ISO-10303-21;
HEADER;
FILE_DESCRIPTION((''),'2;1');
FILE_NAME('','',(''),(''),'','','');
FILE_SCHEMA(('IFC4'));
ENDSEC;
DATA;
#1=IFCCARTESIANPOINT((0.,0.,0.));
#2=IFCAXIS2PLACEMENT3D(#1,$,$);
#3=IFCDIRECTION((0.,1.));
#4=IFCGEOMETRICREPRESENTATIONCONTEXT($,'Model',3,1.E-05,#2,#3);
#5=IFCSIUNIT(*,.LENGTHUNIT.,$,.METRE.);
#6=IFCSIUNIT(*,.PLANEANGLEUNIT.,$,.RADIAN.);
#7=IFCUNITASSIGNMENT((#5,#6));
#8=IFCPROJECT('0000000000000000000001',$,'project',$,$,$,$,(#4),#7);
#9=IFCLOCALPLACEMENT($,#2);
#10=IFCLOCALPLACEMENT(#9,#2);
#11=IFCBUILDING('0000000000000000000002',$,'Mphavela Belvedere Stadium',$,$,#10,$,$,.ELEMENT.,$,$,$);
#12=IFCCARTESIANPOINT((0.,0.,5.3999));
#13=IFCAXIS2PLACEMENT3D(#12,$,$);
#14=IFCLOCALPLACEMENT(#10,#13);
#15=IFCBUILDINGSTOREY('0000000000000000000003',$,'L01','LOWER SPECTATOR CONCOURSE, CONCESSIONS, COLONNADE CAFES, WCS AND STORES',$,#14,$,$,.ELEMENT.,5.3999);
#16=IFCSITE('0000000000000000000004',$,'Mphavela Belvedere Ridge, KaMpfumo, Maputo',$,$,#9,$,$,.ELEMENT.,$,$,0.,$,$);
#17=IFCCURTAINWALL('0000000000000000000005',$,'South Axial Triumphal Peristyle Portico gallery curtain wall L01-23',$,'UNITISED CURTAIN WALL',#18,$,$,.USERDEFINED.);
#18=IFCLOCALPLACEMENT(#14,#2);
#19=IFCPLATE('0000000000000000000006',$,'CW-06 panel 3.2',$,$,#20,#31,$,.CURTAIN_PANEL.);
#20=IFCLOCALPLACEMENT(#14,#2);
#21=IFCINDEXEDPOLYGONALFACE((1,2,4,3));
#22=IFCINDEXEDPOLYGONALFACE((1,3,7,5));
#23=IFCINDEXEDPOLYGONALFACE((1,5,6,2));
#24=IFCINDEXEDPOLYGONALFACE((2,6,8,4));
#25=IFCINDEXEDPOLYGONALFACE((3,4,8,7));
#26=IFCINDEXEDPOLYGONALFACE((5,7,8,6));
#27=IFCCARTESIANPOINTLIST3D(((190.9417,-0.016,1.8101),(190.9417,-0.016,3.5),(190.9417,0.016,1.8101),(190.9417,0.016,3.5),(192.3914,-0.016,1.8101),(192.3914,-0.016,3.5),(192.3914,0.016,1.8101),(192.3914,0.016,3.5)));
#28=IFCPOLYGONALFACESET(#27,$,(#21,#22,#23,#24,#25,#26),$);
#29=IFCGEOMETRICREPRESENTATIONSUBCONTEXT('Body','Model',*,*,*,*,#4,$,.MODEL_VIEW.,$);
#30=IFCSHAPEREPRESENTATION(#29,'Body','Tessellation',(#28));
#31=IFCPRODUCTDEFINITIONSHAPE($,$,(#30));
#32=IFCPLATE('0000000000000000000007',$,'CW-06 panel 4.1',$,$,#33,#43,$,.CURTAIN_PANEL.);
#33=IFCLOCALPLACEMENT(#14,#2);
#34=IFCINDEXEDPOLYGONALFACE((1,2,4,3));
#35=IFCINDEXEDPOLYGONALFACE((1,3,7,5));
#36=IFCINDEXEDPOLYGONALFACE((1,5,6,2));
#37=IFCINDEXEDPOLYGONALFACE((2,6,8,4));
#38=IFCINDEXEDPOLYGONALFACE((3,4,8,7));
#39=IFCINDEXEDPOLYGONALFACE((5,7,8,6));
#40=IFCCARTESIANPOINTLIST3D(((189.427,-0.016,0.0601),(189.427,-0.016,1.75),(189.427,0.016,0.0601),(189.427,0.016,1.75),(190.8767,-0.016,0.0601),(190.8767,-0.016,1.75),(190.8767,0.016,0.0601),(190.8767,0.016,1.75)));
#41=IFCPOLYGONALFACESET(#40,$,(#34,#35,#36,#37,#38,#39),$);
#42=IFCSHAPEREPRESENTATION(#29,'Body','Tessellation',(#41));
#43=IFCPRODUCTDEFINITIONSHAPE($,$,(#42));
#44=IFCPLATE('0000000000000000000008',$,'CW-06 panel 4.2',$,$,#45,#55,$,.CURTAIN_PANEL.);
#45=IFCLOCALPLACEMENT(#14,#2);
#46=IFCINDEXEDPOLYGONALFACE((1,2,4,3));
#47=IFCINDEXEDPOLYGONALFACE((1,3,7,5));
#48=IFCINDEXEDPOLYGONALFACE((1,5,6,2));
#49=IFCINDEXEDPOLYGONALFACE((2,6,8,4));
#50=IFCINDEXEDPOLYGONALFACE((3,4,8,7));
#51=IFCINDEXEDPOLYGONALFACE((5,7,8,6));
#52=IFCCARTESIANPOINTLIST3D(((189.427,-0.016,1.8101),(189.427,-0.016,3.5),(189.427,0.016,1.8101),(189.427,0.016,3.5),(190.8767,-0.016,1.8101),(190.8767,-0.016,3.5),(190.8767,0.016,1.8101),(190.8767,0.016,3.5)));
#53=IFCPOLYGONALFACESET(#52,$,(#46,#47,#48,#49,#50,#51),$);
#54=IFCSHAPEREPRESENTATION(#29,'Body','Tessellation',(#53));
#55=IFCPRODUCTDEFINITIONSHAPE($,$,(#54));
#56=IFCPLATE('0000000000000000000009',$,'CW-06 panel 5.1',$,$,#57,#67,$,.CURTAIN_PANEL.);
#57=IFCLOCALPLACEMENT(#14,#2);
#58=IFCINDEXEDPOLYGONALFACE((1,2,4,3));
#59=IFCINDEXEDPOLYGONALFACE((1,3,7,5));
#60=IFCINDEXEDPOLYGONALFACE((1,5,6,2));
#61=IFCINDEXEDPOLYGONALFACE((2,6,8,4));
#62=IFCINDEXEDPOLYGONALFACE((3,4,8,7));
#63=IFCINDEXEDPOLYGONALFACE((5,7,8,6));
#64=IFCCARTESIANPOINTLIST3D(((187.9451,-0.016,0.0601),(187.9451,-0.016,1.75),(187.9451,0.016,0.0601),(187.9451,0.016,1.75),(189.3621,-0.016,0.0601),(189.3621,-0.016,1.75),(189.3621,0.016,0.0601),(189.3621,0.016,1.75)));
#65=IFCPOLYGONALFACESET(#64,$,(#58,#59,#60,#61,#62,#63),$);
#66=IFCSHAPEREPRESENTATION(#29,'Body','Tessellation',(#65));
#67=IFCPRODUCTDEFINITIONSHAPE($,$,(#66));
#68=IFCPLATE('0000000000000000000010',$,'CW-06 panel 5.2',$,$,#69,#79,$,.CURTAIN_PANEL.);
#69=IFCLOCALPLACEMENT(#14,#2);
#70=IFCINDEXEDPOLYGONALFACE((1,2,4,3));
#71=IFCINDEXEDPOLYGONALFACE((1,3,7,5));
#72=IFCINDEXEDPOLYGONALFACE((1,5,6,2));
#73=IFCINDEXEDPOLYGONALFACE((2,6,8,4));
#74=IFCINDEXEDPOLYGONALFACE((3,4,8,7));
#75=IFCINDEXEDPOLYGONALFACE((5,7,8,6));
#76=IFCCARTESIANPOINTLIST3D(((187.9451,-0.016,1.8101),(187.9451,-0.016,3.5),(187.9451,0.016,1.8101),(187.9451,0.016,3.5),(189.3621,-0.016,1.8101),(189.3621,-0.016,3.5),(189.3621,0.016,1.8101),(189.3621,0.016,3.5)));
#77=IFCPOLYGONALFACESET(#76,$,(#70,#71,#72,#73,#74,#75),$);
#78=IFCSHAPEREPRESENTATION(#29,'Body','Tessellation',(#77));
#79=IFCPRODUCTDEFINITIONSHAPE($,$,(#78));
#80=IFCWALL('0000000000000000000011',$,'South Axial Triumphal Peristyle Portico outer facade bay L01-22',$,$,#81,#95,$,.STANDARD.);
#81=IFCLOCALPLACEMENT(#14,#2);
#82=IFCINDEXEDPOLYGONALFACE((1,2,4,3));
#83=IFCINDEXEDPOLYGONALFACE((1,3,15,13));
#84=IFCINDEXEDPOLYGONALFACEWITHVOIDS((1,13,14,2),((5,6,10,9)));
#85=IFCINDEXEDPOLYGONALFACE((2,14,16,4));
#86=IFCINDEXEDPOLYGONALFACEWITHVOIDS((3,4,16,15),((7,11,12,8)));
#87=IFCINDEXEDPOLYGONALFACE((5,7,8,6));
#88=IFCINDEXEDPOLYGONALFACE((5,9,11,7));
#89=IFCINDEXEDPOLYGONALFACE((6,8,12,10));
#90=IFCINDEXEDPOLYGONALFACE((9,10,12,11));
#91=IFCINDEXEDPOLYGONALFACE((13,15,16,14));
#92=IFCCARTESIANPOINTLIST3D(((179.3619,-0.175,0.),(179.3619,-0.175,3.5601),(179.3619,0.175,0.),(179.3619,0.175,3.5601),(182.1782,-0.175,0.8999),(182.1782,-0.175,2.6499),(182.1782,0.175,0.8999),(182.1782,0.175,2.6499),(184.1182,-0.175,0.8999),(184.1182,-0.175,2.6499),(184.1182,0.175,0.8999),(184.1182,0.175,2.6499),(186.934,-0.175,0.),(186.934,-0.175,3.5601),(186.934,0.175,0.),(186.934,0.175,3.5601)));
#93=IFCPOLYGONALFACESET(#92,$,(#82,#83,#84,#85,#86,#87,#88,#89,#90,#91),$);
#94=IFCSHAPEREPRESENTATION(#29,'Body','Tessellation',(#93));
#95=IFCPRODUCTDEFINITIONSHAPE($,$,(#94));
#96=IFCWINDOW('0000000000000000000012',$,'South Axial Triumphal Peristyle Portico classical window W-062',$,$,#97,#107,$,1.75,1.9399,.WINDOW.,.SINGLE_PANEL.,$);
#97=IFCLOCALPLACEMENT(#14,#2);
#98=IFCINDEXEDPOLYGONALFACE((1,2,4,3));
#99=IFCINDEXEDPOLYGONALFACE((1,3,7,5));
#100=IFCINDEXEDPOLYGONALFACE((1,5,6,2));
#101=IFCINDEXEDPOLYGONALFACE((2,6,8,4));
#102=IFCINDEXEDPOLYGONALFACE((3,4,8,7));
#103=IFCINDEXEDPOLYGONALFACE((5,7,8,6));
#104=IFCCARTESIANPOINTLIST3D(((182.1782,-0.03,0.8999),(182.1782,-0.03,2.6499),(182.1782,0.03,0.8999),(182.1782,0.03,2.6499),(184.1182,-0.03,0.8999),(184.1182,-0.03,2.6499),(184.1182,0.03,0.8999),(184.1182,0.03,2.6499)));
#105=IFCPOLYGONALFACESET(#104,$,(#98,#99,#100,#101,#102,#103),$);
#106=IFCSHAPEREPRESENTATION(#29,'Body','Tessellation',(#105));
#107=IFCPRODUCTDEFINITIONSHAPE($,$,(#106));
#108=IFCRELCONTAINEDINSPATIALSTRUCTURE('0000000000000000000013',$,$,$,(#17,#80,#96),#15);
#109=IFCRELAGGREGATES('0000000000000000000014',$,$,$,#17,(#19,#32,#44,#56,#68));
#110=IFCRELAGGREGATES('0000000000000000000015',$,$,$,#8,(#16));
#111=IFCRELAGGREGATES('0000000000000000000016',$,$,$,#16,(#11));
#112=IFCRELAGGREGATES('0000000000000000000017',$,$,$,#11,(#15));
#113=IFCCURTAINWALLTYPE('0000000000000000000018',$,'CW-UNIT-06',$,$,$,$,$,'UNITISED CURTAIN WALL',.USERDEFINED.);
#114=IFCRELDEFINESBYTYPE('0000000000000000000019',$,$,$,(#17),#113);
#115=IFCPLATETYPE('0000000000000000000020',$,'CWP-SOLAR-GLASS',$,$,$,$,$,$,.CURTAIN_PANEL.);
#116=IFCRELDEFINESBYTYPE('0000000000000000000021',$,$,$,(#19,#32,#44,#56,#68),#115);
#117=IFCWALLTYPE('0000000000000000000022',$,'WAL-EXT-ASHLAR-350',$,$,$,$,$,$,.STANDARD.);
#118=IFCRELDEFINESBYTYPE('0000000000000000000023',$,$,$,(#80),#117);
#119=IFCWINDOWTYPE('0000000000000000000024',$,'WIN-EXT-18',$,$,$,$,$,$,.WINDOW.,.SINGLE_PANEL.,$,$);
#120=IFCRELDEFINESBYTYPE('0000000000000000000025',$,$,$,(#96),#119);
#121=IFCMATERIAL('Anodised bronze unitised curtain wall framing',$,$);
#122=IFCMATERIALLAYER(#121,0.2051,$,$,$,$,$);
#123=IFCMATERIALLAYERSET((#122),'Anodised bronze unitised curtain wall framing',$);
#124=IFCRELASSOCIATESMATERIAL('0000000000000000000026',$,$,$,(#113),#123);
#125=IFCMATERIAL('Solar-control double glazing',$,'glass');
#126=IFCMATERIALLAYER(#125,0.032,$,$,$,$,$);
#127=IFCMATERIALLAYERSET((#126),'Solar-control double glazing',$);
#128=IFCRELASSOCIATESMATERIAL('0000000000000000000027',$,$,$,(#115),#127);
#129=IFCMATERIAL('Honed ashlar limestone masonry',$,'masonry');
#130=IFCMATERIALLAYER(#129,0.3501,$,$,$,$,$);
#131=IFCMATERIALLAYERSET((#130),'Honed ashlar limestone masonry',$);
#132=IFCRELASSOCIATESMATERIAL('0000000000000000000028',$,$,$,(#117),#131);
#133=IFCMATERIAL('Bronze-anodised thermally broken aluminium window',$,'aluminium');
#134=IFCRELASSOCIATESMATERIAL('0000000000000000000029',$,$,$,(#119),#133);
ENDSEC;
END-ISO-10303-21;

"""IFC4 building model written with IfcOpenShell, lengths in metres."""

from ifc_helpers import new_model, si_unit, direction, frame, frame_2d, origin, origin_2d, place, context, subcontext, project, spatial, rectangle, extrude, material, layer, layer_set, type_object, element, fill, aggregate, save


model = new_model("IFC4")

# Units and contexts
model_context = context("Model", 3, precision=1e-05, world=origin(), true_north=direction((0.0, 1.0)))
body_context = subcontext(model_context, "Body", "Model", "MODEL_VIEW")
ifc_project = project(units=[si_unit("LENGTHUNIT", "METRE"), si_unit("PLANEANGLEUNIT", "RADIAN")], contexts=[model_context])

# Site, building, storey
site_placement = place(None, origin())
site = spatial("IfcSite", under=ifc_project, at=site_placement, Name="Mphavela Belvedere Ridge, KaMpfumo, Maputo", CompositionType="ELEMENT", RefElevation=0.0)
building_placement = place(site_placement, origin())
building = spatial("IfcBuilding", under=site, at=building_placement, Name="Mphavela Belvedere Stadium", CompositionType="ELEMENT")
storey_placement = place(building_placement, frame((0.0, 0.0, 5.3999)))
storey = spatial("IfcBuildingStorey", under=building, at=storey_placement, Name="L01", Description="LOWER SPECTATOR CONCOURSE, CONCESSIONS, COLONNADE CAFES, WCS AND STORES", CompositionType="ELEMENT", Elevation=5.3999)

# Curtain wall, plates
ifc_material_1 = material(Name="Anodised bronze unitised curtain wall framing")
ifc_layer_1 = layer(ifc_material_1, 0.2051)
ifc_layer_set_1 = layer_set([ifc_layer_1], Name="Anodised bronze unitised curtain wall framing")
curtain_wall_type = type_object("IfcCurtainWallType", Name="CW-UNIT-06", ElementType="UNITISED CURTAIN WALL", PredefinedType="USERDEFINED", material=ifc_layer_set_1)
curtain_wall_placement = place(storey_placement, origin())
curtain_wall = element("IfcCurtainWall", 1, at=curtain_wall_placement, inside=storey, type_object=curtain_wall_type, Name="South Axial Triumphal Peristyle Portico gallery curtain wall L01-23", ObjectType="UNITISED CURTAIN WALL", PredefinedType="USERDEFINED")
ifc_material_2 = material(Name="Solar-control double glazing", Category="glass")
ifc_layer_2 = layer(ifc_material_2, 0.032)
ifc_layer_set_2 = layer_set([ifc_layer_2], Name="Solar-control double glazing")
plate_type = type_object("IfcPlateType", Name="CWP-SOLAR-GLASS", PredefinedType="CURTAIN_PANEL", material=ifc_layer_set_2)
plate_1_placement = place(storey_placement, frame((191.6665, 0.0, 1.8101), z_axis=(0.0, 0.0, 1.0), x_axis=(-1.0, 0.0, 0.0)))
plate_1 = element("IfcPlate", 2, at=plate_1_placement, type_object=plate_type, Name="CW-06 panel 3.2", PredefinedType="CURTAIN_PANEL", context=body_context, shape_type="SweptSolid", body=[
    extrude(rectangle(XDim=1.4497, YDim=0.032, at=origin_2d()), origin(), (0.0, 0.0, 1.0), 1.6899),
])
plate_2_placement = place(storey_placement, frame((190.1519, 0.0, 0.0601), z_axis=(0.0, 0.0, 1.0), x_axis=(-1.0, 0.0, 0.0)))
plate_2 = element("IfcPlate", 3, at=plate_2_placement, type_object=plate_type, Name="CW-06 panel 4.1", PredefinedType="CURTAIN_PANEL", context=body_context, shape_type="SweptSolid", body=[
    extrude(rectangle(XDim=1.4497, YDim=0.032, at=origin_2d()), origin(), (0.0, 0.0, 1.0), 1.6899),
])
plate_3_placement = place(storey_placement, frame((190.1519, 0.0, 1.8101), z_axis=(0.0, 0.0, 1.0), x_axis=(-1.0, 0.0, 0.0)))
plate_3 = element("IfcPlate", 4, at=plate_3_placement, type_object=plate_type, Name="CW-06 panel 4.2", PredefinedType="CURTAIN_PANEL", context=body_context, shape_type="SweptSolid", body=[
    extrude(rectangle(XDim=1.4497, YDim=0.032, at=origin_2d()), origin(), (0.0, 0.0, 1.0), 1.6899),
])
plate_4_placement = place(storey_placement, frame((188.6536, 0.0, 0.0601), z_axis=(0.0, 0.0, 1.0), x_axis=(-1.0, 0.0, 0.0)))
plate_4 = element("IfcPlate", 5, at=plate_4_placement, type_object=plate_type, Name="CW-06 panel 5.1", PredefinedType="CURTAIN_PANEL", context=body_context, shape_type="SweptSolid", body=[
    extrude(rectangle(XDim=1.417, YDim=0.032, at=origin_2d()), origin(), (0.0, 0.0, 1.0), 1.6899),
])
plate_5_placement = place(storey_placement, frame((188.6536, 0.0, 1.8101), z_axis=(0.0, 0.0, 1.0), x_axis=(-1.0, 0.0, 0.0)))
plate_5 = element("IfcPlate", 6, at=plate_5_placement, type_object=plate_type, Name="CW-06 panel 5.2", PredefinedType="CURTAIN_PANEL", context=body_context, shape_type="SweptSolid", body=[
    extrude(rectangle(XDim=1.417, YDim=0.032, at=origin_2d()), origin(), (0.0, 0.0, 1.0), 1.6899),
])
aggregate(curtain_wall, [plate_1, plate_2, plate_3, plate_4, plate_5])

# Wall, opening, window
ifc_material_3 = material(Name="Honed ashlar limestone masonry", Category="masonry")
ifc_layer_3 = layer(ifc_material_3, 0.3501)
ifc_layer_set_3 = layer_set([ifc_layer_3], Name="Honed ashlar limestone masonry")
wall_type = type_object("IfcWallType", Name="WAL-EXT-ASHLAR-350", PredefinedType="STANDARD", material=ifc_layer_set_3)
wall_placement = place(storey_placement, frame((186.9341, 0.0, 0.0), z_axis=(0.0, 0.0, 1.0), x_axis=(-1.0, 0.0, 0.0)))
wall = element("IfcWall", 7, at=wall_placement, inside=storey, type_object=wall_type, Name="South Axial Triumphal Peristyle Portico outer facade bay L01-22", PredefinedType="STANDARD", context=body_context, shape_type="SweptSolid", body=[
    extrude(rectangle(XDim=7.572, YDim=0.3501, at=frame_2d((3.7861, 0.0))), origin(), (0.0, 0.0, 1.0), 3.5601),
])
opening_placement = place(wall_placement, frame((2.8159, 0.0, 0.8999)))
opening = element("IfcOpeningElement", 8, at=opening_placement, cuts=wall, PredefinedType="OPENING", context=body_context, shape_type="SweptSolid", body=[
    extrude(rectangle(XDim=1.9399, YDim=1.75, at=frame_2d((0.97, 0.875))), frame((0.0, 0.1851, 0.0), z_axis=(0.0, -1.0, 0.0), x_axis=(1.0, 0.0, 0.0)), (0.0, 0.0, 1.0), 0.3701),
])
ifc_material_4 = material(Name="Bronze-anodised thermally broken aluminium window", Category="aluminium")
window_type = type_object("IfcWindowType", Name="WIN-EXT-18", PartitioningType="SINGLE_PANEL", PredefinedType="WINDOW", material=ifc_material_4)
window_placement = place(opening_placement, origin())
window = element("IfcWindow", 9, at=window_placement, inside=storey, type_object=window_type, Name="South Axial Triumphal Peristyle Portico classical window W-062", OverallHeight=1.75, OverallWidth=1.9399, PartitioningType="SINGLE_PANEL", PredefinedType="WINDOW", context=body_context, shape_type="SweptSolid", body=[
    extrude(rectangle(XDim=1.9399, YDim=1.75, at=frame_2d((0.97, 0.875))), frame((0.0, 0.03, 0.0), z_axis=(0.0, -1.0, 0.0), x_axis=(1.0, 0.0, 0.0)), (0.0, 0.0, 1.0), 0.0601),
])
fill(opening, window)

save(model, "model.ifc")
